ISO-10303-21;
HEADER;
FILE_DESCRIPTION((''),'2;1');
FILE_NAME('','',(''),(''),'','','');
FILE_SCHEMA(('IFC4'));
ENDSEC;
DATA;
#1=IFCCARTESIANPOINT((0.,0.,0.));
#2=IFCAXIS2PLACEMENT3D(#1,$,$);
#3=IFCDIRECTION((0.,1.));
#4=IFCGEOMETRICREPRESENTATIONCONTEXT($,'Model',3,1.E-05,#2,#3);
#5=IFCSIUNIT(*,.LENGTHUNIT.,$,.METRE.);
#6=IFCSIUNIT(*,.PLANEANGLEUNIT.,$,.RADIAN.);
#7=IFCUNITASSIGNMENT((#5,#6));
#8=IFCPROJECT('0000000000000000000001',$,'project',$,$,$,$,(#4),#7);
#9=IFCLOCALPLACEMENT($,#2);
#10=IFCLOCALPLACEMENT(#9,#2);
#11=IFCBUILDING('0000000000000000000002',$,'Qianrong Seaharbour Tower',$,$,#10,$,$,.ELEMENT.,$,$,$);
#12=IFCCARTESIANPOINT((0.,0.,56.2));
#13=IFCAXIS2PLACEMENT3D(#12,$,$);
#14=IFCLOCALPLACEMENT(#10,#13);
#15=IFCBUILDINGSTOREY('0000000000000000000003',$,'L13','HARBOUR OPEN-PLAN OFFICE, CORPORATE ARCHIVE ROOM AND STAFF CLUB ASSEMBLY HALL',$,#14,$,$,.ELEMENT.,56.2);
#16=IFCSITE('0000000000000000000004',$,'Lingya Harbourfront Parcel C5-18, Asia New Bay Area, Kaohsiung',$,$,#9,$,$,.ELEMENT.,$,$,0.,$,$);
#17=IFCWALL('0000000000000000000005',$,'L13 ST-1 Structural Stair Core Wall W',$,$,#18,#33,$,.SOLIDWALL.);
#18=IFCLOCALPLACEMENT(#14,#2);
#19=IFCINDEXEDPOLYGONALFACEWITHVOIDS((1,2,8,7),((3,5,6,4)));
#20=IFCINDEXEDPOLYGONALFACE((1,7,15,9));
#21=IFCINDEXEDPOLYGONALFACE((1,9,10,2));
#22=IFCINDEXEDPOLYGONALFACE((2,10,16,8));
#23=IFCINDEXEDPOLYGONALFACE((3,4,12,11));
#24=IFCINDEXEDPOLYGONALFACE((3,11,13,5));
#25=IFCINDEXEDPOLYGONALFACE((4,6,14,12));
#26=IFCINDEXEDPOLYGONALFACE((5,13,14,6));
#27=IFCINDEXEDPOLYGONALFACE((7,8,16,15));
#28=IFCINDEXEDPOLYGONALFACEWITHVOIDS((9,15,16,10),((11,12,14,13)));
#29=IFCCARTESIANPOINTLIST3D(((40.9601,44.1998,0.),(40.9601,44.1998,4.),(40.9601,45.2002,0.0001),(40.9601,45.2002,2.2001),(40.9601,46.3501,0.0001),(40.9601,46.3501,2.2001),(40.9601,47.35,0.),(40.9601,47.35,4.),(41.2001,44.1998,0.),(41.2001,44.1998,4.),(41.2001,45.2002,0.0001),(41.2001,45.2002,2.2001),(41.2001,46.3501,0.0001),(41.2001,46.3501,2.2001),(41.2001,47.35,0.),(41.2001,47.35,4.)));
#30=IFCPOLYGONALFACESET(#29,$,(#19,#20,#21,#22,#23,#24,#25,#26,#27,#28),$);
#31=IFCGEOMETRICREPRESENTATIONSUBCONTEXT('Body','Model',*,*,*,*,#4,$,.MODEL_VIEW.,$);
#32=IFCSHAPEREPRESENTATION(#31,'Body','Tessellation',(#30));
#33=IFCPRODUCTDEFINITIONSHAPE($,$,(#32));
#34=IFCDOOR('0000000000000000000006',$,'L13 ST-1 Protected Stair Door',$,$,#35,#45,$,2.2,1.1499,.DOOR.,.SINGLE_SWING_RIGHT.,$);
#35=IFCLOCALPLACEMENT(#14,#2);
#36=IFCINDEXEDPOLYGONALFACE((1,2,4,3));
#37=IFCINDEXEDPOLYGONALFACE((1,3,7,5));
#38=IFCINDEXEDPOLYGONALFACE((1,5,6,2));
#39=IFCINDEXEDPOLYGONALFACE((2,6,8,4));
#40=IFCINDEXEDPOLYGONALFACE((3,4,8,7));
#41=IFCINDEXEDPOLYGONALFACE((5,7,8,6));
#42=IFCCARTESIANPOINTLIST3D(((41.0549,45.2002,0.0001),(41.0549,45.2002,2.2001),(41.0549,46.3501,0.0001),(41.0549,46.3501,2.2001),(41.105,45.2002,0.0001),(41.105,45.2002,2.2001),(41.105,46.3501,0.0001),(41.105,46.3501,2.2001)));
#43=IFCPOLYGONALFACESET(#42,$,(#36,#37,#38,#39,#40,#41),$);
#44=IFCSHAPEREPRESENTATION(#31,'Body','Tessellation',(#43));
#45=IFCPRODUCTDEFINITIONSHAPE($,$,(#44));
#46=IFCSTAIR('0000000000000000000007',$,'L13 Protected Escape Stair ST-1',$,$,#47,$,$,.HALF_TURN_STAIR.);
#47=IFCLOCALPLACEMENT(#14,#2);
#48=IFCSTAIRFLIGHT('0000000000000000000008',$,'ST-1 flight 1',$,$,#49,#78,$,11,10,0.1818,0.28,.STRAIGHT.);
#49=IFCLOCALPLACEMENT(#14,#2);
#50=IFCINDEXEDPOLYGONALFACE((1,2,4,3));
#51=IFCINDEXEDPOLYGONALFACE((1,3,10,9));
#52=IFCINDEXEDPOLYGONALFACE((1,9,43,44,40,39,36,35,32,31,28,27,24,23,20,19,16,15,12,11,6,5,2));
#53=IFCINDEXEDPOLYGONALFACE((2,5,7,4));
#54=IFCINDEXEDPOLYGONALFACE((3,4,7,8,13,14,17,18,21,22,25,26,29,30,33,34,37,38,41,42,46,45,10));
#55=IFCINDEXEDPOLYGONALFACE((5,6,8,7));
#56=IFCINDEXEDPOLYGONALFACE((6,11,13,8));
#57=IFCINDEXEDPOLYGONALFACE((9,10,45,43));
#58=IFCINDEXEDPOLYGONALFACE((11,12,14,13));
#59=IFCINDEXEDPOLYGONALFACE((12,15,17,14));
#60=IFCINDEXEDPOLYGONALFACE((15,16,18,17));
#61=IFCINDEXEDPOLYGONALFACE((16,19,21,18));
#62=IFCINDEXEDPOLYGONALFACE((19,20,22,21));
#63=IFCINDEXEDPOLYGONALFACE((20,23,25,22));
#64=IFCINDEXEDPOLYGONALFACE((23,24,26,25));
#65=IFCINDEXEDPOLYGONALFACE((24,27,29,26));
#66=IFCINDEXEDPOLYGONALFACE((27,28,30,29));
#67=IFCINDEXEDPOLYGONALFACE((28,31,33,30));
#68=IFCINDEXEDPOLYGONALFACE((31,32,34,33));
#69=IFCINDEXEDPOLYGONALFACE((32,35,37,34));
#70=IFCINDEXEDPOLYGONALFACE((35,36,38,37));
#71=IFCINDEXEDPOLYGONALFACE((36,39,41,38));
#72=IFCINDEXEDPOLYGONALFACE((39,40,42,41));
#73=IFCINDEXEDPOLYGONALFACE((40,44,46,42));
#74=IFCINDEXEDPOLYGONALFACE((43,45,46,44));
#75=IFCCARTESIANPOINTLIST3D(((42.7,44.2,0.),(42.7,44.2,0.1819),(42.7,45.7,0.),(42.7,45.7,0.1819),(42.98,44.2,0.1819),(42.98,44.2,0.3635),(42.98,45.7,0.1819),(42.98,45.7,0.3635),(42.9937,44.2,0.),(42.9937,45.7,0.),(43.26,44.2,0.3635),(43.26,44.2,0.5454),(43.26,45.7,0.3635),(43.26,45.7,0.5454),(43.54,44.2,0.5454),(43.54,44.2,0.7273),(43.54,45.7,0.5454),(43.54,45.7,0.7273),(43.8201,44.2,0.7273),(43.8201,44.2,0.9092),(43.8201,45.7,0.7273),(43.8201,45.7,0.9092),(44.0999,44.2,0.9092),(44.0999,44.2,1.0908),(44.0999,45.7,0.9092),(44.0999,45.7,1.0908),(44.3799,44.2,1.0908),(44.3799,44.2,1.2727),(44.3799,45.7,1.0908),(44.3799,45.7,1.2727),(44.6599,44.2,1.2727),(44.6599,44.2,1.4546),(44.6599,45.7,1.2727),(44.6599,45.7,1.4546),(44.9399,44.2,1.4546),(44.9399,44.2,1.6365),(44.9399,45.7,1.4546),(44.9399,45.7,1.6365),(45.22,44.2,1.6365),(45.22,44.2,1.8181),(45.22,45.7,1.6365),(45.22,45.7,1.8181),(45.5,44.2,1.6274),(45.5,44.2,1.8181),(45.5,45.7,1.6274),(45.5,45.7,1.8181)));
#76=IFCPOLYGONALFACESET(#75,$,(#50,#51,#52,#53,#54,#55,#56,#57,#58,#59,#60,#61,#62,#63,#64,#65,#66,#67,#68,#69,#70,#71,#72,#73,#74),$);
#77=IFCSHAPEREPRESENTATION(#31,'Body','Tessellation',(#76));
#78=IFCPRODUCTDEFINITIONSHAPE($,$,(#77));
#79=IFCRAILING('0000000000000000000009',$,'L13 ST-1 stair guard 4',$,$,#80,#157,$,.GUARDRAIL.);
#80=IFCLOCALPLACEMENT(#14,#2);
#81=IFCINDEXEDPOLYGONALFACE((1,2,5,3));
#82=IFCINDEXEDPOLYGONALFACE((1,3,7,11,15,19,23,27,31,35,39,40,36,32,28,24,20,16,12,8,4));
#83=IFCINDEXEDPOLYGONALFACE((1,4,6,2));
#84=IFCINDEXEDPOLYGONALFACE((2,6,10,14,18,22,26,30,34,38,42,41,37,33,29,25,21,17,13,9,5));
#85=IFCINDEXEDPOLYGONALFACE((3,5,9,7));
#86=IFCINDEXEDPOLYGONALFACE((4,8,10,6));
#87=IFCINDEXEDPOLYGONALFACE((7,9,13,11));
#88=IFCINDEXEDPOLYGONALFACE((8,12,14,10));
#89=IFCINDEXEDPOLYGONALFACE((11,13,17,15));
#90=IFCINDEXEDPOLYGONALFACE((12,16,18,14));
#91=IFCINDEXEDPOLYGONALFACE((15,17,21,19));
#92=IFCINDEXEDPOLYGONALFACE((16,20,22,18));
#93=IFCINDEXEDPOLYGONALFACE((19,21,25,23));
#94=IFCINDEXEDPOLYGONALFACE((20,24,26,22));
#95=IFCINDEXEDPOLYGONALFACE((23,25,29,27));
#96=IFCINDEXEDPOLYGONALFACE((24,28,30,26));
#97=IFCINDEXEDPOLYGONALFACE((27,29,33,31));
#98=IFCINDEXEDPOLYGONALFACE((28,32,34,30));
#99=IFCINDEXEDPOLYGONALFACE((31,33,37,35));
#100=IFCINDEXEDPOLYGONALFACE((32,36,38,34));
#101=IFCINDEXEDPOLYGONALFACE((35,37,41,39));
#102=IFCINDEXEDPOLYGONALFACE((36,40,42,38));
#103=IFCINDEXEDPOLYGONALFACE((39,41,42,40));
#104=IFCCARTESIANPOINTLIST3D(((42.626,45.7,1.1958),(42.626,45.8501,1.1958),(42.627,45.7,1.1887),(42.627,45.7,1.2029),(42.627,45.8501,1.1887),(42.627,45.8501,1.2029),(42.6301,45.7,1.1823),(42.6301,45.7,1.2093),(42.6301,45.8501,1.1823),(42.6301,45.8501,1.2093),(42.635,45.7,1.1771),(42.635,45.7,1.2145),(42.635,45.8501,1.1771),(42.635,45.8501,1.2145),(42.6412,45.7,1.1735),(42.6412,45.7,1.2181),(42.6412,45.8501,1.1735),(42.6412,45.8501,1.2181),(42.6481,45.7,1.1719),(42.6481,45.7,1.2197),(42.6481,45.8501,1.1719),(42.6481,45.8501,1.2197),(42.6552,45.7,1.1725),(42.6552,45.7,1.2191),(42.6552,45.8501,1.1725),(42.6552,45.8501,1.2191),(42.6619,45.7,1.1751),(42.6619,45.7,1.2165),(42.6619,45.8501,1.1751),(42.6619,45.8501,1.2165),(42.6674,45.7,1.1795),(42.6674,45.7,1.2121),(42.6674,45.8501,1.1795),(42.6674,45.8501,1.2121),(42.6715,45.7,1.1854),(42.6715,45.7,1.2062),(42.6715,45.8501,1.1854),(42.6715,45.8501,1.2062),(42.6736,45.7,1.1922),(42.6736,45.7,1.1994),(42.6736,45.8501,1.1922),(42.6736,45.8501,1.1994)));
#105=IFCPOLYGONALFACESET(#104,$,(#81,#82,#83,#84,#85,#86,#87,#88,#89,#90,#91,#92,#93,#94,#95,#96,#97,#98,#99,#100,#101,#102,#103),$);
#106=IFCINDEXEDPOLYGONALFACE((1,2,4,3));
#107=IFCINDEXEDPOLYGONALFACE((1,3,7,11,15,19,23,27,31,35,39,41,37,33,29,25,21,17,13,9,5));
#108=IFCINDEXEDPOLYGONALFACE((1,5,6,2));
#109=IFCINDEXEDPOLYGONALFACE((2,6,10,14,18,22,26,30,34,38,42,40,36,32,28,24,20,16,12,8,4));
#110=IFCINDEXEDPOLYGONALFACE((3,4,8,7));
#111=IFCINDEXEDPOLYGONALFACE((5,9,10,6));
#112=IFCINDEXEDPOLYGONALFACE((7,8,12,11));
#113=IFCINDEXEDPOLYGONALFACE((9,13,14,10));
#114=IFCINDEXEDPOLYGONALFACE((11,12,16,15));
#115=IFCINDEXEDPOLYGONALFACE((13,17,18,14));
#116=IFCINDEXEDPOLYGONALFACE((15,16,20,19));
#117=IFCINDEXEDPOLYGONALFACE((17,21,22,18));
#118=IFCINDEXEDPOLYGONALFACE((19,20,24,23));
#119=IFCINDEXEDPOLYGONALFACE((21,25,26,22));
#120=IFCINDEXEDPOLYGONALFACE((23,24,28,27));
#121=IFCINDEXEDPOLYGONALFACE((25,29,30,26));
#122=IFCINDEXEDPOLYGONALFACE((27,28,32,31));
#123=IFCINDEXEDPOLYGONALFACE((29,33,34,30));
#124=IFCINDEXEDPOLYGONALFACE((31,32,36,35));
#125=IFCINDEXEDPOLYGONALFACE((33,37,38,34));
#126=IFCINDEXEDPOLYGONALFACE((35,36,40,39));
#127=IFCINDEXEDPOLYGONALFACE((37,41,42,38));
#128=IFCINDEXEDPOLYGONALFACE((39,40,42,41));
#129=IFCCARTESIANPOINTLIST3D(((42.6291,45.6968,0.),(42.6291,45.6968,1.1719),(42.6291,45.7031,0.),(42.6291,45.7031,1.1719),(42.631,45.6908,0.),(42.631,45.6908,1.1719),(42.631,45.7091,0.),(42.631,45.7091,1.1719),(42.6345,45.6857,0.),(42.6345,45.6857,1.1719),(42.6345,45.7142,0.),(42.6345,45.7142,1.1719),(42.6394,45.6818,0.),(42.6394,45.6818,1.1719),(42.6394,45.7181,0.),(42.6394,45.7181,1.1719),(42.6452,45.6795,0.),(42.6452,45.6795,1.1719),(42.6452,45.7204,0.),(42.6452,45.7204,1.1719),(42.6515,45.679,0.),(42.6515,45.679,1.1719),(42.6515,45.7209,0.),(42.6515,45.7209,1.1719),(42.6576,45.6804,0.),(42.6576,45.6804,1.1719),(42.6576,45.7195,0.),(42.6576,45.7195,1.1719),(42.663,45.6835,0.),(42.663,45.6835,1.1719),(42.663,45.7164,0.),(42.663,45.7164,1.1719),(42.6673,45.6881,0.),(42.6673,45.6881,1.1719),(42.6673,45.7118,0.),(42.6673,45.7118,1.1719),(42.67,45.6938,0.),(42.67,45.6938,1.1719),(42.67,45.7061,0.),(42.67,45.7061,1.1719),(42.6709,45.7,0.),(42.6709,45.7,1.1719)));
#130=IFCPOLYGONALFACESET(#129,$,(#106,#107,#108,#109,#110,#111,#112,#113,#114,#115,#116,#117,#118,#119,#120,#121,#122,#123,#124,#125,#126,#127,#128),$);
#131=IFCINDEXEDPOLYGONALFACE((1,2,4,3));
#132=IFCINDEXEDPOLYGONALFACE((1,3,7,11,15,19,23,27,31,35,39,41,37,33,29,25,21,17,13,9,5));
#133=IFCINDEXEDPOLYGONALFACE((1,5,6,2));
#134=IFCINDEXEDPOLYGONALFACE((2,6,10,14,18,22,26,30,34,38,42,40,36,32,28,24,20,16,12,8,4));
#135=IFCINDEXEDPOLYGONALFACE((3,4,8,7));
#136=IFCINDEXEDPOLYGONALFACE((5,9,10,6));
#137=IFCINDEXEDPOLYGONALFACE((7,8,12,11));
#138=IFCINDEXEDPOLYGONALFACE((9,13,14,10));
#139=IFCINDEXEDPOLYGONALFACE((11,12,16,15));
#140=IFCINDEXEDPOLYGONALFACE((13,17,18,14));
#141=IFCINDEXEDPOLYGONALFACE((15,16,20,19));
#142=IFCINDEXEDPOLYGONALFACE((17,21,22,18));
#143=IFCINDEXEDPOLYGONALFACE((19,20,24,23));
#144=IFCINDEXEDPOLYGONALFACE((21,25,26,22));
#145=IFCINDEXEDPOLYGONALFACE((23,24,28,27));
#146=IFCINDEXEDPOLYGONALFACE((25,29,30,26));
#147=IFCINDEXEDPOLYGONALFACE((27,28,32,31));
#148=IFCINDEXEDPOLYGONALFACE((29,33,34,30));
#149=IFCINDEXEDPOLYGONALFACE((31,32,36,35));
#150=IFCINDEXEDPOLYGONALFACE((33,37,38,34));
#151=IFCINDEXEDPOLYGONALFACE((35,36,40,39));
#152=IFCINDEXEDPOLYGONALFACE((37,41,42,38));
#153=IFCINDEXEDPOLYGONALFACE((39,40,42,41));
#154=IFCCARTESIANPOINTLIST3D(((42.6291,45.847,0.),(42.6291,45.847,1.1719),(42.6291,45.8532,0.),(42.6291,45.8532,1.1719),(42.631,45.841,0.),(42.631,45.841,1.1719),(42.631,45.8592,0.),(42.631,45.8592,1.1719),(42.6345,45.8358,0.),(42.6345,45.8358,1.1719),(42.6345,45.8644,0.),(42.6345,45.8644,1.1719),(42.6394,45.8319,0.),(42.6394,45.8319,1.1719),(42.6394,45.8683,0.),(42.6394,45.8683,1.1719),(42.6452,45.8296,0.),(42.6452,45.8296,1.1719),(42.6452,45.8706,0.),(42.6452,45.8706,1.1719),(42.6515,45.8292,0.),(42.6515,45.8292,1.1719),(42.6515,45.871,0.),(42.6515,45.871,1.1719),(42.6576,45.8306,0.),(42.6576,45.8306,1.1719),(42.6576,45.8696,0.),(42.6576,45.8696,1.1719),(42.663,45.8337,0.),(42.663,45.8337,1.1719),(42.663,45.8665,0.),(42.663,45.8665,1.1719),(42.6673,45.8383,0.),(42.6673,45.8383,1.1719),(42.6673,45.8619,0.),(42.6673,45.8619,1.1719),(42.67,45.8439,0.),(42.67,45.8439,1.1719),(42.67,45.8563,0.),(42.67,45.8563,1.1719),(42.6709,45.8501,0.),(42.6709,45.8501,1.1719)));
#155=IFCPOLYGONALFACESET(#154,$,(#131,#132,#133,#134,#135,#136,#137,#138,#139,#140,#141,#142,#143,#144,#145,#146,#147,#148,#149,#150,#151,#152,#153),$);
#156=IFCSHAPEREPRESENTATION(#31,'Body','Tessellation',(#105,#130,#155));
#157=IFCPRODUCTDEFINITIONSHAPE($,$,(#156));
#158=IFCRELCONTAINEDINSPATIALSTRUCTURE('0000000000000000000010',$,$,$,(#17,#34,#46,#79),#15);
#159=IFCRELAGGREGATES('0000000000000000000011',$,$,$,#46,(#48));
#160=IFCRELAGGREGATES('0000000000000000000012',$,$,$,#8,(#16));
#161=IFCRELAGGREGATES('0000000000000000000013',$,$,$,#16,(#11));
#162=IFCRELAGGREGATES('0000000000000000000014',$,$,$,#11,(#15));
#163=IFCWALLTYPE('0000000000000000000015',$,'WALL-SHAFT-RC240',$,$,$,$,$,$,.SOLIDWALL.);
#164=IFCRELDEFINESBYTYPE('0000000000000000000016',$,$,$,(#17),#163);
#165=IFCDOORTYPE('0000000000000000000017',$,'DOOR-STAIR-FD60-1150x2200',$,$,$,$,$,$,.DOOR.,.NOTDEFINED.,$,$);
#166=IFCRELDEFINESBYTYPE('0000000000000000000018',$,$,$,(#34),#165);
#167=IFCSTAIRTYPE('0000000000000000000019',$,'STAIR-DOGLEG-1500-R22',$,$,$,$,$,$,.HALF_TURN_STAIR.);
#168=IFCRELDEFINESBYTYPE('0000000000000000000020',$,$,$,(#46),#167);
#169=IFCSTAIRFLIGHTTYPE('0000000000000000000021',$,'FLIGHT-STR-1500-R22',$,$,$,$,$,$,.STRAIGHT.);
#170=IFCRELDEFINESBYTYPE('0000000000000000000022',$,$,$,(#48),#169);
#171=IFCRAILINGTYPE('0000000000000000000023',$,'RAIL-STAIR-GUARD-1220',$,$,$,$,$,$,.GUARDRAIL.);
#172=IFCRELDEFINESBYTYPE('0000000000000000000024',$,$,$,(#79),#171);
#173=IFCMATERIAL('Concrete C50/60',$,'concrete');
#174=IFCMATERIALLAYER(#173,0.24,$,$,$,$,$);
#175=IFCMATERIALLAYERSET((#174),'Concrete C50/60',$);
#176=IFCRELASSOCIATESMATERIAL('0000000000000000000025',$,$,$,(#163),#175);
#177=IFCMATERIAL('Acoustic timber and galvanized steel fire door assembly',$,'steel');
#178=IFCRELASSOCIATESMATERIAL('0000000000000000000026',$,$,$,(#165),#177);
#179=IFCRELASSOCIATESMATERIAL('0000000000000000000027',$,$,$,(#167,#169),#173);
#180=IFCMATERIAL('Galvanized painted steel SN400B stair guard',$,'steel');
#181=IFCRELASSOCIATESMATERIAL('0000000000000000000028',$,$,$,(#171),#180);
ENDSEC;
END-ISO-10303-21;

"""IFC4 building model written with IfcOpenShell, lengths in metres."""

from ifc_helpers import new_model, si_unit, direction, frame, frame_2d, origin, origin_2d, place, context, subcontext, project, spatial, polyline, rectangle, circle, outline, extrude, material, layer, layer_set, type_object, element, fill, aggregate, save


model = new_model("IFC4")

# Units and contexts
model_context = context("Model", 3, precision=1e-05, world=origin(), true_north=direction((0.0, 1.0)))
body_context = subcontext(model_context, "Body", "Model", "MODEL_VIEW")
ifc_project = project(units=[si_unit("LENGTHUNIT", "METRE"), si_unit("PLANEANGLEUNIT", "RADIAN")], contexts=[model_context])

# Site, building, storey
site_placement = place(None, origin())
site = spatial("IfcSite", under=ifc_project, at=site_placement, Name="Lingya Harbourfront Parcel C5-18, Asia New Bay Area, Kaohsiung", CompositionType="ELEMENT", RefElevation=0.0)
building_placement = place(site_placement, origin())
building = spatial("IfcBuilding", under=site, at=building_placement, Name="Qianrong Seaharbour Tower", CompositionType="ELEMENT")
storey_placement = place(building_placement, frame((0.0, 0.0, 56.2)))
storey = spatial("IfcBuildingStorey", under=building, at=storey_placement, Name="L13", Description="HARBOUR OPEN-PLAN OFFICE, CORPORATE ARCHIVE ROOM AND STAFF CLUB ASSEMBLY HALL", CompositionType="ELEMENT", Elevation=56.2)

# Shared definitions
ifc_material_1 = material(Name="Acoustic timber and galvanized steel fire door assembly", Category="steel")

# Shared definitions
ifc_material_2 = material(Name="Concrete C50/60", Category="concrete")
ifc_layer_1 = layer(ifc_material_2, 0.24)
ifc_layer_set_1 = layer_set([ifc_layer_1], Name="Concrete C50/60")
wall_type_1 = type_object("IfcWallType", Name="WALL-SHAFT-RC240", PredefinedType="SOLIDWALL", material=ifc_layer_set_1)

# Wall, opening, door
wall_1_placement = place(storey_placement, frame((41.0801, 47.3501, 0.0), z_axis=(0.0, 0.0, 1.0), x_axis=(0.0, -1.0, 0.0)))
wall_1 = element("IfcWall", 1, at=wall_1_placement, inside=storey, type_object=wall_type_1, Name="L13 ST-1 Structural Stair Core Wall W", PredefinedType="SOLIDWALL", context=body_context, shape_type="SweptSolid", body=[
    extrude(rectangle(XDim=3.1501, YDim=0.24, at=frame_2d((1.5752, 0.0))), origin(), (0.0, 0.0, 1.0), 4.0),
])
opening_1_placement = place(wall_1_placement, frame((1.0, 0.0, 0.0)))
opening_1 = element("IfcOpeningElement", 2, at=opening_1_placement, cuts=wall_1, PredefinedType="OPENING", context=body_context, shape_type="SweptSolid", body=[
    extrude(rectangle(XDim=1.1499, YDim=2.2, at=frame_2d((0.575, 1.1001))), frame((0.0, 0.1299, 0.0), z_axis=(0.0, -1.0, 0.0), x_axis=(1.0, 0.0, 0.0)), (0.0, 0.0, 1.0), 0.26),
])
door_type_1 = type_object("IfcDoorType", Name="DOOR-STAIR-FD60-1150x2200", OperationType="NOTDEFINED", PredefinedType="DOOR", material=ifc_material_1)
door_1_placement = place(opening_1_placement, origin())
door_1 = element("IfcDoor", 3, at=door_1_placement, inside=storey, type_object=door_type_1, Name="L13 ST-1 Protected Stair Door", OperationType="SINGLE_SWING_RIGHT", OverallHeight=2.2, OverallWidth=1.1499, PredefinedType="DOOR", context=body_context, shape_type="SweptSolid", body=[
    extrude(rectangle(XDim=1.1499, YDim=2.2, at=frame_2d((0.575, 1.1001))), frame((0.0, 0.0249, 0.0), z_axis=(0.0, -1.0, 0.0), x_axis=(1.0, 0.0, 0.0)), (0.0, 0.0, 1.0), 0.05),
])
fill(opening_1, door_1)

# Stair, stair flight
stair_type = type_object("IfcStairType", Name="STAIR-DOGLEG-1500-R22", PredefinedType="HALF_TURN_STAIR", material=ifc_material_2)
stair_placement = place(storey_placement, origin())
stair = element("IfcStair", 4, at=stair_placement, inside=storey, type_object=stair_type, Name="L13 Protected Escape Stair ST-1", PredefinedType="HALF_TURN_STAIR")
stair_flight_type = type_object("IfcStairFlightType", Name="FLIGHT-STR-1500-R22", PredefinedType="STRAIGHT", material=ifc_material_2)
stair_flight_placement = place(storey_placement, frame((42.7, 44.95, 0.0), z_axis=(0.0, 0.0, 1.0), x_axis=(1.0, 0.0, 0.0)))
stair_flight = element("IfcStairFlight", 5, at=stair_flight_placement, type_object=stair_flight_type, Name="ST-1 flight 1", NumberOfRisers=11, NumberOfTreads=10, PredefinedType="STRAIGHT", RiserHeight=0.1818, TreadLength=0.28, context=body_context, shape_type="SweptSolid", body=[
    extrude(outline(polyline([(0.0, 0.0), (0.0, 0.1819), (0.28, 0.1819), (0.28, 0.3635), (0.5601, 0.3635), (0.5601, 0.5454), (0.8401, 0.5454), (0.8401, 0.7273), (1.1201, 0.7273), (1.1201, 0.9092), (1.3999, 0.9092), (1.3999, 1.0908), (1.6799, 1.0908), (1.6799, 1.2727), (1.96, 1.2727), (1.96, 1.4546), (2.24, 1.4546), (2.24, 1.6365), (2.52, 1.6365), (2.52, 1.8181), (2.8, 1.8181), (2.8, 2.0), (2.8, 1.6274), (0.2937, 0.0), (0.0, 0.0)])), frame((0.0, 0.75, 0.0), z_axis=(0.0, -1.0, 0.0), x_axis=(1.0, 0.0, 0.0)), (0.0, 0.0, 1.0), 1.5),
])
aggregate(stair, [stair_flight])

# Railing
ifc_material_3 = material(Name="Galvanized painted steel SN400B stair guard", Category="steel")
railing_type = type_object("IfcRailingType", Name="RAIL-STAIR-GUARD-1220", PredefinedType="GUARDRAIL", material=ifc_material_3)
railing_placement = place(storey_placement, frame((42.6499, 45.7, 0.0)))
element("IfcRailing", 6, at=railing_placement, inside=storey, type_object=railing_type, Name="L13 ST-1 stair guard 4", PredefinedType="GUARDRAIL", context=body_context, shape_type="SweptSolid", body=[
    extrude(circle(Radius=0.0239, at=origin_2d()), frame((0.0, 0.0, 1.1958), z_axis=(0.0, 1.0, 0.0), x_axis=(-1.0, 0.0, 0.0)), (0.0, 0.0, 1.0), 0.1501),
    extrude(circle(Radius=0.021, at=origin_2d()), origin(), (0.0, 0.0, 1.0), 1.1719),
    extrude(circle(Radius=0.021, at=origin_2d()), frame((0.0, 0.1501, 0.0)), (0.0, 0.0, 1.0), 1.1719),
])

save(model, "model.ifc")
